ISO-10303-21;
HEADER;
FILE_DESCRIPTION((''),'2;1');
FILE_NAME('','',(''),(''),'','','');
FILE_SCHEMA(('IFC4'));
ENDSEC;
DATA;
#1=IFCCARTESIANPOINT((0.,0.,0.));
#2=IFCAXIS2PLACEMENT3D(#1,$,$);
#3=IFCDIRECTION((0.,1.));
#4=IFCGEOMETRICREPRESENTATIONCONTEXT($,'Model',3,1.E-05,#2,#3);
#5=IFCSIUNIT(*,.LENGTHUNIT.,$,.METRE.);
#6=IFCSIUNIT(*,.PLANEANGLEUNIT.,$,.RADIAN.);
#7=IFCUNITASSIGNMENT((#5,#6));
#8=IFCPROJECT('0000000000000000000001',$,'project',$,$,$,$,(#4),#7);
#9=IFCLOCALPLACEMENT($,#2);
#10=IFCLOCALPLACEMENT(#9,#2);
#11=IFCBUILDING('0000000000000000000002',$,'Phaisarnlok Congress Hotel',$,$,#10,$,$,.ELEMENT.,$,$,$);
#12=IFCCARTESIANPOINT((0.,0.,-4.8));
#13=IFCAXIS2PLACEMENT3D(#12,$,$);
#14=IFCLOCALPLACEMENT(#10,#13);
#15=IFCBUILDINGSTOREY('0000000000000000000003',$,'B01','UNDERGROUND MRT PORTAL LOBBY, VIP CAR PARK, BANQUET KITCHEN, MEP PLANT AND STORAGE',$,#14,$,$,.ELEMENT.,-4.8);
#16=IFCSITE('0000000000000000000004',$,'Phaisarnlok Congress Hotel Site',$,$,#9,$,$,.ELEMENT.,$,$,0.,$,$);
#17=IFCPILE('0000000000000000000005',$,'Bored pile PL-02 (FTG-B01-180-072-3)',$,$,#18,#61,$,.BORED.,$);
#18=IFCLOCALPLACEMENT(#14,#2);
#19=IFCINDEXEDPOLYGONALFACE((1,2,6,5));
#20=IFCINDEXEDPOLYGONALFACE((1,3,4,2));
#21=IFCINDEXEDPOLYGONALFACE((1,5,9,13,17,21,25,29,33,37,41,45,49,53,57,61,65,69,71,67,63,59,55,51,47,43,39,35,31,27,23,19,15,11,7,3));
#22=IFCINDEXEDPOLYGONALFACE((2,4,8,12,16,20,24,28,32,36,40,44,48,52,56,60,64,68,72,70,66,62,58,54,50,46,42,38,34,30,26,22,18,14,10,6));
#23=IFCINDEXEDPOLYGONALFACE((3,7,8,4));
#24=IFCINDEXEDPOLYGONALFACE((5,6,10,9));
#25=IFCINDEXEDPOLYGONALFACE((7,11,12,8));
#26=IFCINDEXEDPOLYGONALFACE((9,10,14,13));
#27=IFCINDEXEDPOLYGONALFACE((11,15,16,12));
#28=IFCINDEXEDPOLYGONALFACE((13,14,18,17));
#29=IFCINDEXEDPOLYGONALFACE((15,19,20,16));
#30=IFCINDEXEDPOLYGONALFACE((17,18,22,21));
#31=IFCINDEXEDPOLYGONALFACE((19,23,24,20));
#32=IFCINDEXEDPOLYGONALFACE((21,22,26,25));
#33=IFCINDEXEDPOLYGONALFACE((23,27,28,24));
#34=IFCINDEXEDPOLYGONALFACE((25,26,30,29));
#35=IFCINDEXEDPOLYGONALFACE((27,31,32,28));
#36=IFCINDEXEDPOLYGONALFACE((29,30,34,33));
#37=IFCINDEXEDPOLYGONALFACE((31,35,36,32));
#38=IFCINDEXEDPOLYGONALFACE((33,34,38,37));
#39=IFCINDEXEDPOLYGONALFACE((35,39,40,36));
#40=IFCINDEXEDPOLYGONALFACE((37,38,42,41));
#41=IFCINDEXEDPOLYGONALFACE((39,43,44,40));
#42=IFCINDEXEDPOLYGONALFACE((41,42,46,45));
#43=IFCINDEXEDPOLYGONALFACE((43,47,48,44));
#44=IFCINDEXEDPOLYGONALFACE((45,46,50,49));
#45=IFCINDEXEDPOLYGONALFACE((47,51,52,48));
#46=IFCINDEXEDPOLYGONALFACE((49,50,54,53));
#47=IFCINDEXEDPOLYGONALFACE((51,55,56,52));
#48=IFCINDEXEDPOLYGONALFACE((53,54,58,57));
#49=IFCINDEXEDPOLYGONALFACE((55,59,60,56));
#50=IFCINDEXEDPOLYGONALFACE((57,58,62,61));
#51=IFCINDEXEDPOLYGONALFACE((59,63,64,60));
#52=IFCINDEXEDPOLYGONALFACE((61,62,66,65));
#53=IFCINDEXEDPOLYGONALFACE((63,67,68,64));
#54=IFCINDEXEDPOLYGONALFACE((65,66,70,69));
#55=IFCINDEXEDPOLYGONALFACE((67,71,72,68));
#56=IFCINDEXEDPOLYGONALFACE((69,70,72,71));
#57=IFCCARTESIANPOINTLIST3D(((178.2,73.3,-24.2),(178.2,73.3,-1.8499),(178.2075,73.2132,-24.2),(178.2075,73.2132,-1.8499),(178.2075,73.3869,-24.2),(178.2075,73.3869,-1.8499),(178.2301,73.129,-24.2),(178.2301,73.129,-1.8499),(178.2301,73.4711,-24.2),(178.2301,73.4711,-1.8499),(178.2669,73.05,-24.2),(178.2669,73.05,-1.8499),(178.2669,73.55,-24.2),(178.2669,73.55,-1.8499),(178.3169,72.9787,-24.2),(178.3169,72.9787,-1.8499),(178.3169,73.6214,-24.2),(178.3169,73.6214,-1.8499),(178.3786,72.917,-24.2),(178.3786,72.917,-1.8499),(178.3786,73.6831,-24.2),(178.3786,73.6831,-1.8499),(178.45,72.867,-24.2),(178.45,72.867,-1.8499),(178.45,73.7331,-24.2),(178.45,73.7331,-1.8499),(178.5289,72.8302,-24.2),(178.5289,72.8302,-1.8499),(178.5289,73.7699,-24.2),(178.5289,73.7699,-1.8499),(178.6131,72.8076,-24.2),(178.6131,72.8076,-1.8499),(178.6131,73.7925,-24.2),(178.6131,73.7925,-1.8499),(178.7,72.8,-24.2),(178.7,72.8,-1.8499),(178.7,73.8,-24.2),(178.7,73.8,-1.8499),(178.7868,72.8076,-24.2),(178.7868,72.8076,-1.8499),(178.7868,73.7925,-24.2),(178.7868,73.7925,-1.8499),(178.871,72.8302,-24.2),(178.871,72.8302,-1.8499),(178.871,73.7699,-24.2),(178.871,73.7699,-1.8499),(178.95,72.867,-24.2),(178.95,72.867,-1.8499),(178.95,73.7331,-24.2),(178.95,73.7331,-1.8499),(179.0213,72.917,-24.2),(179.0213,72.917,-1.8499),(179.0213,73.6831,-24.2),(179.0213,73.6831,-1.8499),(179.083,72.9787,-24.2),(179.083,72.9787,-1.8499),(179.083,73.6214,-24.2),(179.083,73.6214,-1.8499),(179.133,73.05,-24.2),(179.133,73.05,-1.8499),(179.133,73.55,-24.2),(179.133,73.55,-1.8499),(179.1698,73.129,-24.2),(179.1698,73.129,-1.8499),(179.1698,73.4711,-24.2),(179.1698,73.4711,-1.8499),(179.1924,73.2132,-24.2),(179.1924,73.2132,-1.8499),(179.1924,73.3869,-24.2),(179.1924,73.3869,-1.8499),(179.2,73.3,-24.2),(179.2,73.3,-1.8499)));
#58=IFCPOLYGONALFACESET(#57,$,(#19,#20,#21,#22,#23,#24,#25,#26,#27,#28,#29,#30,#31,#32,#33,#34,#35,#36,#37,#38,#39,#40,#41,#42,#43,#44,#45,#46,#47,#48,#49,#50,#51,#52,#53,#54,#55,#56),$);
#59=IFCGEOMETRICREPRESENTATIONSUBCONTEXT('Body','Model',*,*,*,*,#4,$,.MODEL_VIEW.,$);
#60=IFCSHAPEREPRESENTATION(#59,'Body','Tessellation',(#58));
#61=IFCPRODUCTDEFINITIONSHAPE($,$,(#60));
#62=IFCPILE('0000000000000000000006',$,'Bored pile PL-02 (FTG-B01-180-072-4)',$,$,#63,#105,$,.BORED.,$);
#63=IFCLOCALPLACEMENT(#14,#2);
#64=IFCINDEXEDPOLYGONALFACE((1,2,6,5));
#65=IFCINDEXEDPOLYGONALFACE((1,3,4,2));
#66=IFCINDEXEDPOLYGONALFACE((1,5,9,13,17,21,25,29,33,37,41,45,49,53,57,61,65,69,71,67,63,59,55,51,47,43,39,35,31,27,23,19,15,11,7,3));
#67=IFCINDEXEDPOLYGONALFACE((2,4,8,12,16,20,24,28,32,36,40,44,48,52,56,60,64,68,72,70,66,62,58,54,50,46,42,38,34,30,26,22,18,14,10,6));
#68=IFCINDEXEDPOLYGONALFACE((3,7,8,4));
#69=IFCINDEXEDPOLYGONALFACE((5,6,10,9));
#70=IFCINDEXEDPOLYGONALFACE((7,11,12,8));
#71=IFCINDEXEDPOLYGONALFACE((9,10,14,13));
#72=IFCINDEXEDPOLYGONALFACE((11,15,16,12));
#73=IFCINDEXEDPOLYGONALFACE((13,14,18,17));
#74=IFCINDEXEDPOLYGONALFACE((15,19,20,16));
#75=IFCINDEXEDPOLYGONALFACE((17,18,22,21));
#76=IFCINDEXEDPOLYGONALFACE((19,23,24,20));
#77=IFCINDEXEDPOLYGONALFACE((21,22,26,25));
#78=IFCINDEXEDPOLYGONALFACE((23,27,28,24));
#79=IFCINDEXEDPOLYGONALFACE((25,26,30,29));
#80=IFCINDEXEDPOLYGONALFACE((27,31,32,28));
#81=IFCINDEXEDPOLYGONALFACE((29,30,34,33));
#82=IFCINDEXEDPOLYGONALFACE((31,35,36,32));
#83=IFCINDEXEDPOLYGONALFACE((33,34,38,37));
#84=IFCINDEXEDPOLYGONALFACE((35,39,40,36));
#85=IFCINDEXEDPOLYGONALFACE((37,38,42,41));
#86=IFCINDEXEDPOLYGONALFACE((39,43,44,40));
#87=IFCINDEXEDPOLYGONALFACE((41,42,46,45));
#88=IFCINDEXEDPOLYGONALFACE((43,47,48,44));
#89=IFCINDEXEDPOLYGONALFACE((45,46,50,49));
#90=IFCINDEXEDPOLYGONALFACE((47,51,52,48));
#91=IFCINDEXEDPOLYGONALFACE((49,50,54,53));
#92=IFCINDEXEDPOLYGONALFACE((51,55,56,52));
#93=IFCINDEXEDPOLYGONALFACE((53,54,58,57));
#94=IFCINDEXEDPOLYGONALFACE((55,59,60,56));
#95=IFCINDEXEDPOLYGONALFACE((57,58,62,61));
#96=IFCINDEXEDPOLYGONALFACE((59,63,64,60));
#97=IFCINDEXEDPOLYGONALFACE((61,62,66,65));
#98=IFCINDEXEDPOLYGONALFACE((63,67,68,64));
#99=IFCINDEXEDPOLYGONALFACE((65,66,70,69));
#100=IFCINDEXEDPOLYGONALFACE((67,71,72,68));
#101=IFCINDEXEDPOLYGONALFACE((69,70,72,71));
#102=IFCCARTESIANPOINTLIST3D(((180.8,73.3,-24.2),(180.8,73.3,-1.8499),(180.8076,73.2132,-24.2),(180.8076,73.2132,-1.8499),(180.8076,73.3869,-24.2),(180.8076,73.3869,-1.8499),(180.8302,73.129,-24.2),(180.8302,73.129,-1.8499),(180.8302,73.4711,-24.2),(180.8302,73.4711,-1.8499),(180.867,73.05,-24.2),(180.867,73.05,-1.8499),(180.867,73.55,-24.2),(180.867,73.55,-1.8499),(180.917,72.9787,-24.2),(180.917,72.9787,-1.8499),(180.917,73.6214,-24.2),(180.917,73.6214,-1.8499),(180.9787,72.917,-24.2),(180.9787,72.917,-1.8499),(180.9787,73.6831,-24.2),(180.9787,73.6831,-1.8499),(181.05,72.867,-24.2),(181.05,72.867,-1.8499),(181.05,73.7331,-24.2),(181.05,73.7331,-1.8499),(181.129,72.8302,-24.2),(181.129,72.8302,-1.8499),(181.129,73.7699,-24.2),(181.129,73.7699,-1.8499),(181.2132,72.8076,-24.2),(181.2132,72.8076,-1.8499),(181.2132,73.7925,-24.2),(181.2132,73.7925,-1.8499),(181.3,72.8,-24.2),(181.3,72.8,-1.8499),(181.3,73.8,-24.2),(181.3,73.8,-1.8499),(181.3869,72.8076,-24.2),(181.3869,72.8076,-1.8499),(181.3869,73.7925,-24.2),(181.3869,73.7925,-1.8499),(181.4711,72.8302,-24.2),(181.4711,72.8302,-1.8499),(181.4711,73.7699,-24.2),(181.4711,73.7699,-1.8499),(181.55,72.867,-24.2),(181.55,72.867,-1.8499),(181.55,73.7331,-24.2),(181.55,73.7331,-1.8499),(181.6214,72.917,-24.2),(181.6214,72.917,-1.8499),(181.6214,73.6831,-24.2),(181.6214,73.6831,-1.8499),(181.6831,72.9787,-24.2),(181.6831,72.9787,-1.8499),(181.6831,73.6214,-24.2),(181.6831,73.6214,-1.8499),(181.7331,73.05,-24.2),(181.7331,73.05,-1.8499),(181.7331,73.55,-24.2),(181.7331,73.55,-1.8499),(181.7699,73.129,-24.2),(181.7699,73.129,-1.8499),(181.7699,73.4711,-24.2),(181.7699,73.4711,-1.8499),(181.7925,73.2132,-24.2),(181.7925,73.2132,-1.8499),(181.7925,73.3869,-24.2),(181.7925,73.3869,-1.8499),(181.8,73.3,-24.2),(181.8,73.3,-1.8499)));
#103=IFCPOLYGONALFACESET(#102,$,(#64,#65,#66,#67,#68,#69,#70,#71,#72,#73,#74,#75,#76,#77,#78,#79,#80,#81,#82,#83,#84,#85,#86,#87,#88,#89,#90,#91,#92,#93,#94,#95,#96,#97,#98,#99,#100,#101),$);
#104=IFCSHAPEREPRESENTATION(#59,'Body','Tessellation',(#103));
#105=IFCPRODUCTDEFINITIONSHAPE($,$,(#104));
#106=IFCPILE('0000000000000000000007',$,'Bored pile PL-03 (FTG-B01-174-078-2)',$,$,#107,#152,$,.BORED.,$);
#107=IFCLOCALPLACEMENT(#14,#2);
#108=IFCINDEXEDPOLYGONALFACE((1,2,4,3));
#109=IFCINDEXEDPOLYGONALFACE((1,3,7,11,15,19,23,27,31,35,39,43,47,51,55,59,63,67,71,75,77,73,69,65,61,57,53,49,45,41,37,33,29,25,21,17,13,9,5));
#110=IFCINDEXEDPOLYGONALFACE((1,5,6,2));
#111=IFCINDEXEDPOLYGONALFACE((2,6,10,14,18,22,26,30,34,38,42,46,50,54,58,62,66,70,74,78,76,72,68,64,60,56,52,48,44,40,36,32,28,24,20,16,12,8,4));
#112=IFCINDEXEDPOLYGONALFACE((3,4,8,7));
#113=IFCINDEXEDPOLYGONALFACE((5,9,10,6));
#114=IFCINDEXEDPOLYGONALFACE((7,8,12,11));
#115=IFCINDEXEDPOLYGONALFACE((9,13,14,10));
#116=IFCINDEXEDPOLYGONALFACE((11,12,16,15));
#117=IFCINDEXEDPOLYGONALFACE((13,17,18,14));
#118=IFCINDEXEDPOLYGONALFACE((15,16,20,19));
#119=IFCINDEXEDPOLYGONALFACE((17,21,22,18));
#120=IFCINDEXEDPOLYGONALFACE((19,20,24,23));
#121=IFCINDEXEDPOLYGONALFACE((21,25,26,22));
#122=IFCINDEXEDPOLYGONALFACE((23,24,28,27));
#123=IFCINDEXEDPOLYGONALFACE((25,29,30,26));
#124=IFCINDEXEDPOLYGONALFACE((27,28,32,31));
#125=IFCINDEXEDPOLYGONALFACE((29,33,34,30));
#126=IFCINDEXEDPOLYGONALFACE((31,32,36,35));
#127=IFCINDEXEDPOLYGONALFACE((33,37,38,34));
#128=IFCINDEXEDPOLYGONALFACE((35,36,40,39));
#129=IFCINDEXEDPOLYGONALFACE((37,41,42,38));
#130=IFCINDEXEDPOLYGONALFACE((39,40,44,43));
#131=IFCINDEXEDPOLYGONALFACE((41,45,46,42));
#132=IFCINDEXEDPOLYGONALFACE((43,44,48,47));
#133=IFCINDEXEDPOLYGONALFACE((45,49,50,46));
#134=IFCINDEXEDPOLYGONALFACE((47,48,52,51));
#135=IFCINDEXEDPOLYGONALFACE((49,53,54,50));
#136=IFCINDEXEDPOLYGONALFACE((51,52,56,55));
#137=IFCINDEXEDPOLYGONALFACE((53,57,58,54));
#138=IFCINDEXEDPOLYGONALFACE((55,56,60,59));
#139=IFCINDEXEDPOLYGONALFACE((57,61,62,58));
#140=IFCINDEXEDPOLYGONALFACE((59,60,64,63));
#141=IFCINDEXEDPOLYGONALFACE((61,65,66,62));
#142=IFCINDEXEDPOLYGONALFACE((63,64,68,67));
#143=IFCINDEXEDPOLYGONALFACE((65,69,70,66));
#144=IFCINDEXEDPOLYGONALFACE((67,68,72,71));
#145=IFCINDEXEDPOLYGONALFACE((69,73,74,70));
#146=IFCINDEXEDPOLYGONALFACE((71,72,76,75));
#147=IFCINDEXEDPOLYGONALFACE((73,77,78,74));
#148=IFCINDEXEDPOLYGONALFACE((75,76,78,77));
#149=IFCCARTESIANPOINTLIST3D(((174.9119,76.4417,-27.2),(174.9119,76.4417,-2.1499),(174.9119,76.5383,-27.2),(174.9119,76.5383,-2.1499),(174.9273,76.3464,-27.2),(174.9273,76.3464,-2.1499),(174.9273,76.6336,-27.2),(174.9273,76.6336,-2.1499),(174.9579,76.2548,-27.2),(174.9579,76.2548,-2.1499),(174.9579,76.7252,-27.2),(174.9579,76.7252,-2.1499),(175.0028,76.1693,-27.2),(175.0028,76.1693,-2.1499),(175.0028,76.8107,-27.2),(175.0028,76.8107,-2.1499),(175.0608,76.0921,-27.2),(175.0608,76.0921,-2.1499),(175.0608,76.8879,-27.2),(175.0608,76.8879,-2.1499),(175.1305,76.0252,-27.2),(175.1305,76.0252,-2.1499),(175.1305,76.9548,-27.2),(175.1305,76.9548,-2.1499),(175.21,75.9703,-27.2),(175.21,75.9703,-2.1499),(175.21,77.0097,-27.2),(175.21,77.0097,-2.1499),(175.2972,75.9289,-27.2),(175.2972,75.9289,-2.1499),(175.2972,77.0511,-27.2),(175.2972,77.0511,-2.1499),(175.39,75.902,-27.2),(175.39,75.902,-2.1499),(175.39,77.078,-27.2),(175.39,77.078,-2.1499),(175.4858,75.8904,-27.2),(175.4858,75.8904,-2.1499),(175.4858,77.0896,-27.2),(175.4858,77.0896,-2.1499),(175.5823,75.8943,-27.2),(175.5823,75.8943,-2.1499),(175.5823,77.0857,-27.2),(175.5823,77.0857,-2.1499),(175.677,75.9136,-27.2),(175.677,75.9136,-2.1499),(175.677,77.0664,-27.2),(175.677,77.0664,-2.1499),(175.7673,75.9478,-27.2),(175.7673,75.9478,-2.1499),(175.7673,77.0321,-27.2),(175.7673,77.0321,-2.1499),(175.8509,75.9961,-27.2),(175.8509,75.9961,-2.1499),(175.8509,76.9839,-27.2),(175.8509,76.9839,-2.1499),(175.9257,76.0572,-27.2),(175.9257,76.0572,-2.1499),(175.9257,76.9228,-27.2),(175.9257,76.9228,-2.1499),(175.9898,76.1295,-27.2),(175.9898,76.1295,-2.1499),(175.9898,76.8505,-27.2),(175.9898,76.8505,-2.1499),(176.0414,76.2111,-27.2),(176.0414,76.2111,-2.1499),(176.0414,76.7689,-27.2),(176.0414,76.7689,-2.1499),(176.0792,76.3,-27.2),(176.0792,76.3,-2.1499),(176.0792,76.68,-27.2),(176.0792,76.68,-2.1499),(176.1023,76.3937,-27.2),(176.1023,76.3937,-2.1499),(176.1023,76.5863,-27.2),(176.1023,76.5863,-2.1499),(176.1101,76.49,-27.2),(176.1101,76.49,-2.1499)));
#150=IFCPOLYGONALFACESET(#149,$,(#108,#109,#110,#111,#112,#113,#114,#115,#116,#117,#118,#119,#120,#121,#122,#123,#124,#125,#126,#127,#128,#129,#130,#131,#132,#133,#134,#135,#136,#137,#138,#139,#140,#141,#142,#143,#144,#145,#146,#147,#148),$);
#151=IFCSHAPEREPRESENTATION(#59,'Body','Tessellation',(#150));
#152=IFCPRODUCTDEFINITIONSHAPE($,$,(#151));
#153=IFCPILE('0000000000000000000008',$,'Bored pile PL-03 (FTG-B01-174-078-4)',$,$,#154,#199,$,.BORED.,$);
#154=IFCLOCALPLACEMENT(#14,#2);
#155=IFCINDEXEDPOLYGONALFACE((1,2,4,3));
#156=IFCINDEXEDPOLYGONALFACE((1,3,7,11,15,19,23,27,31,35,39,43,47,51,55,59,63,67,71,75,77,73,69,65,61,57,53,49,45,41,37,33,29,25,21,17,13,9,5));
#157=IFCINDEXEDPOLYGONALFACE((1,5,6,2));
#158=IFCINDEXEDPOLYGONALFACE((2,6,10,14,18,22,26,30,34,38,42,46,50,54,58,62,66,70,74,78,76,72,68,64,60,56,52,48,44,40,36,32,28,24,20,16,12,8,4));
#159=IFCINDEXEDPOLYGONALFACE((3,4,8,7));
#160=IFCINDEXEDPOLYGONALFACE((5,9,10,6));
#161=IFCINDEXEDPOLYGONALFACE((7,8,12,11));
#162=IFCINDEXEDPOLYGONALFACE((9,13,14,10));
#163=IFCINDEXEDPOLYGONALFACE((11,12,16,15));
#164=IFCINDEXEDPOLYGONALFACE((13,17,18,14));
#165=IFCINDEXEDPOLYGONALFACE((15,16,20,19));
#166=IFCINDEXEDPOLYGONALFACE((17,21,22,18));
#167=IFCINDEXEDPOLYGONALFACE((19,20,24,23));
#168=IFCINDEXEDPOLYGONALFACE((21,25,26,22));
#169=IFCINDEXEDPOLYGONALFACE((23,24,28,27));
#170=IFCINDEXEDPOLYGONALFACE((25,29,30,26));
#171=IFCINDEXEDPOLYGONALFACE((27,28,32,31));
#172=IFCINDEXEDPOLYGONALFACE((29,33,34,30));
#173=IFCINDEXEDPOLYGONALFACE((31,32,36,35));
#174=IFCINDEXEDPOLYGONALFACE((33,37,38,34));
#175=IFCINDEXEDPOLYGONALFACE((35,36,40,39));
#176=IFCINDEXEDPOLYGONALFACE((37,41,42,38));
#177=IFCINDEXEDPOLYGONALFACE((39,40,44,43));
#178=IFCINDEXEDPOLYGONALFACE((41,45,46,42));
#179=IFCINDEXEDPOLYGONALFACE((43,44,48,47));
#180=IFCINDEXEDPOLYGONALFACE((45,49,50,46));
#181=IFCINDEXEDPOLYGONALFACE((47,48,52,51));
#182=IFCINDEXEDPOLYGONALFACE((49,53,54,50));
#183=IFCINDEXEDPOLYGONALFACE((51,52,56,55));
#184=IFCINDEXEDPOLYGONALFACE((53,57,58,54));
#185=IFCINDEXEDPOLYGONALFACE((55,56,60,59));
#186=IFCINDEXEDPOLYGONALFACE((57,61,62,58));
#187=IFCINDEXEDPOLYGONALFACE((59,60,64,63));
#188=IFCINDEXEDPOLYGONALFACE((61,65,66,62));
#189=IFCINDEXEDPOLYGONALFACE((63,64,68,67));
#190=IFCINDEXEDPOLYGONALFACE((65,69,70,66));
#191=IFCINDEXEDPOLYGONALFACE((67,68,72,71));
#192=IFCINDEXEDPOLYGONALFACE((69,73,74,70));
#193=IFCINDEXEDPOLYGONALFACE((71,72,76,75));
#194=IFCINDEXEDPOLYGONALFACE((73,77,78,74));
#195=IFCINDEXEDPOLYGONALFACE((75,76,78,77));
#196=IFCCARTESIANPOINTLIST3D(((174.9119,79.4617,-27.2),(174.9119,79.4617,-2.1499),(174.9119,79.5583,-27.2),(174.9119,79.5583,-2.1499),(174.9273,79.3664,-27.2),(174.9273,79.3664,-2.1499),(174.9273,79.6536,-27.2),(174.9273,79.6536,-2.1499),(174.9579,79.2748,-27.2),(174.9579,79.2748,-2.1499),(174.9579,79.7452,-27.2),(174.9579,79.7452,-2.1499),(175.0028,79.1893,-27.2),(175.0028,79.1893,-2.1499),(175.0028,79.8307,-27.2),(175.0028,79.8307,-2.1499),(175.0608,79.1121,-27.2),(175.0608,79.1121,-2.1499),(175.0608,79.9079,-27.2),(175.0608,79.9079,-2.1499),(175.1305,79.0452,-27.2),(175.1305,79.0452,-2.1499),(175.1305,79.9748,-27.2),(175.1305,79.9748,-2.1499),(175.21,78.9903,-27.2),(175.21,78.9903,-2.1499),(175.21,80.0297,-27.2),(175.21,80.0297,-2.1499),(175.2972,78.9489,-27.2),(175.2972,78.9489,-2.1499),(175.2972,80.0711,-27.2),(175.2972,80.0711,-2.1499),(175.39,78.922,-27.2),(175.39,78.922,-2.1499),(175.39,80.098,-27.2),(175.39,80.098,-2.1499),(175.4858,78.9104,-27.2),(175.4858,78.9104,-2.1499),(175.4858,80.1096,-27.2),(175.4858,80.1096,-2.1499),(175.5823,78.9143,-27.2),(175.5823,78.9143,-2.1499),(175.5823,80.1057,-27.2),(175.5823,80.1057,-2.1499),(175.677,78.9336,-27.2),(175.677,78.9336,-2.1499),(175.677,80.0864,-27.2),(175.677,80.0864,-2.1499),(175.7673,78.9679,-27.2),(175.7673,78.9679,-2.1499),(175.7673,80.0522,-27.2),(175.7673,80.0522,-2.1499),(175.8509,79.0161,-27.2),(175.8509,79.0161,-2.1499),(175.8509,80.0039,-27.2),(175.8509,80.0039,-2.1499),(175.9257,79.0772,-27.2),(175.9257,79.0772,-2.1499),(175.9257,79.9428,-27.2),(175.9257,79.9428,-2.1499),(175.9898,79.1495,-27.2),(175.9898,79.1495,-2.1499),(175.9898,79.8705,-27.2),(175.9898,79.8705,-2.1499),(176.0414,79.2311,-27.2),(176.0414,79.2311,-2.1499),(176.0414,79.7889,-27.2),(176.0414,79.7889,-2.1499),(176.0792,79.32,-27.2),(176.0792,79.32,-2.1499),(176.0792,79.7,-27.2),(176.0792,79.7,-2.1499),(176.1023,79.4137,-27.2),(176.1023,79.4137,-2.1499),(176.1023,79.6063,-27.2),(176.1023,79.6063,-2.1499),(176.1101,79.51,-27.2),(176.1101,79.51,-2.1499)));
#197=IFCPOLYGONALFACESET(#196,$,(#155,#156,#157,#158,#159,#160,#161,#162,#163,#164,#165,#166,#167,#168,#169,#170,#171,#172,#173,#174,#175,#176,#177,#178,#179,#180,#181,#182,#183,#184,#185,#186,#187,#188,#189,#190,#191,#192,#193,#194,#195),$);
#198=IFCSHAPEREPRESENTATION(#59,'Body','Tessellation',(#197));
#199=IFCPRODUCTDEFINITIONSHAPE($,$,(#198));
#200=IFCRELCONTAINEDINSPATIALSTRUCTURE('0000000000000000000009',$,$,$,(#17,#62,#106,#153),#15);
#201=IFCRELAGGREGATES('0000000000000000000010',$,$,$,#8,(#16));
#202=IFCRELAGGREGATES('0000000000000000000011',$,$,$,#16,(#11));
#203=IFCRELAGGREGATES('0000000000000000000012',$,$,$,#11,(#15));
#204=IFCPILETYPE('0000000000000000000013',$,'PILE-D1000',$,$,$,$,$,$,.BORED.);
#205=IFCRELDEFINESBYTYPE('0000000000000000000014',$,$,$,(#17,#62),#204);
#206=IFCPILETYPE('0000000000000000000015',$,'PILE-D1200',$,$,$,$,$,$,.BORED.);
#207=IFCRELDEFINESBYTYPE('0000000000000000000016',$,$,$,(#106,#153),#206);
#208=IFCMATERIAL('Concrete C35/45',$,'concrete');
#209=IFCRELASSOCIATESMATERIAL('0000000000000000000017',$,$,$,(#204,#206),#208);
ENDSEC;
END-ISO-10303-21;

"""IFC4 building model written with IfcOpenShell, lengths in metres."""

from ifc_helpers import new_model, si_unit, direction, frame, origin, origin_2d, place, context, subcontext, project, spatial, circle, extrude, material, material_profile, profile_set, type_object, element, save


model = new_model("IFC4")

# Units and contexts
model_context = context("Model", 3, precision=1e-05, world=origin(), true_north=direction((0.0, 1.0)))
body_context = subcontext(model_context, "Body", "Model", "MODEL_VIEW")
ifc_project = project(units=[si_unit("LENGTHUNIT", "METRE"), si_unit("PLANEANGLEUNIT", "RADIAN")], contexts=[model_context])

# Site, building, storey
site_placement = place(None, origin())
site = spatial("IfcSite", under=ifc_project, at=site_placement, Name="Phaisarnlok Congress Hotel Site", CompositionType="ELEMENT", RefElevation=0.0)
building_placement = place(site_placement, origin())
building = spatial("IfcBuilding", under=site, at=building_placement, Name="Phaisarnlok Congress Hotel", CompositionType="ELEMENT")
storey_placement = place(building_placement, frame((0.0, 0.0, -4.8)))
storey = spatial("IfcBuildingStorey", under=building, at=storey_placement, Name="B01", Description="UNDERGROUND MRT PORTAL LOBBY, VIP CAR PARK, BANQUET KITCHEN, MEP PLANT AND STORAGE", CompositionType="ELEMENT", Elevation=-4.8)

# Piles
ifc_material_1 = material(Name="Concrete C35/45", Category="concrete")
ifc_material_profile_1 = material_profile(ifc_material_1, circle(Radius=0.5, at=origin_2d()), Name="BORED PILE D1000")
ifc_profile_set_1 = profile_set([ifc_material_profile_1], Name="Concrete C35/45")
pile_type_1 = type_object("IfcPileType", Name="PILE-D1000", PredefinedType="BORED", material=ifc_profile_set_1)
for number, where, z_axis, x_axis, name in (
    (1, (178.7, 73.3, -1.8499), (0.0, 0.0, -1.0), (1.0, 0.0, 0.0), "Bored pile PL-02 (FTG-B01-180-072-3)"),
    (2, (181.3, 73.3, -1.8499), (0.0, 0.0, -1.0), (1.0, 0.0, 0.0), "Bored pile PL-02 (FTG-B01-180-072-4)"),
):
    element("IfcPile", number, at=place(storey_placement, frame(where, z_axis=z_axis, x_axis=x_axis)), inside=storey, type_object=pile_type_1, Name=name, PredefinedType="BORED", context=body_context, shape_type="SweptSolid", body=[
        extrude(circle(Radius=0.5, at=origin_2d()), origin(), (0.0, 0.0, 1.0), 22.3501),
    ])
ifc_material_profile_2 = material_profile(ifc_material_1, circle(Radius=0.6001, at=origin_2d()), Name="BORED PILE D1200")
ifc_profile_set_2 = profile_set([ifc_material_profile_2], Name="Concrete C35/45")
pile_type_2 = type_object("IfcPileType", Name="PILE-D1200", PredefinedType="BORED", material=ifc_profile_set_2)
for number, where, z_axis, x_axis, name in (
    (3, (175.51, 76.49, -2.1499), (0.0, 0.0, -1.0), (1.0, 0.0, 0.0), "Bored pile PL-03 (FTG-B01-174-078-2)"),
    (4, (175.51, 79.51, -2.1499), (0.0, 0.0, -1.0), (1.0, 0.0, 0.0), "Bored pile PL-03 (FTG-B01-174-078-4)"),
):
    element("IfcPile", number, at=place(storey_placement, frame(where, z_axis=z_axis, x_axis=x_axis)), inside=storey, type_object=pile_type_2, Name=name, PredefinedType="BORED", context=body_context, shape_type="SweptSolid", body=[
        extrude(circle(Radius=0.6001, at=origin_2d()), origin(), (0.0, 0.0, 1.0), 25.05),
    ])

save(model, "model.ifc")
